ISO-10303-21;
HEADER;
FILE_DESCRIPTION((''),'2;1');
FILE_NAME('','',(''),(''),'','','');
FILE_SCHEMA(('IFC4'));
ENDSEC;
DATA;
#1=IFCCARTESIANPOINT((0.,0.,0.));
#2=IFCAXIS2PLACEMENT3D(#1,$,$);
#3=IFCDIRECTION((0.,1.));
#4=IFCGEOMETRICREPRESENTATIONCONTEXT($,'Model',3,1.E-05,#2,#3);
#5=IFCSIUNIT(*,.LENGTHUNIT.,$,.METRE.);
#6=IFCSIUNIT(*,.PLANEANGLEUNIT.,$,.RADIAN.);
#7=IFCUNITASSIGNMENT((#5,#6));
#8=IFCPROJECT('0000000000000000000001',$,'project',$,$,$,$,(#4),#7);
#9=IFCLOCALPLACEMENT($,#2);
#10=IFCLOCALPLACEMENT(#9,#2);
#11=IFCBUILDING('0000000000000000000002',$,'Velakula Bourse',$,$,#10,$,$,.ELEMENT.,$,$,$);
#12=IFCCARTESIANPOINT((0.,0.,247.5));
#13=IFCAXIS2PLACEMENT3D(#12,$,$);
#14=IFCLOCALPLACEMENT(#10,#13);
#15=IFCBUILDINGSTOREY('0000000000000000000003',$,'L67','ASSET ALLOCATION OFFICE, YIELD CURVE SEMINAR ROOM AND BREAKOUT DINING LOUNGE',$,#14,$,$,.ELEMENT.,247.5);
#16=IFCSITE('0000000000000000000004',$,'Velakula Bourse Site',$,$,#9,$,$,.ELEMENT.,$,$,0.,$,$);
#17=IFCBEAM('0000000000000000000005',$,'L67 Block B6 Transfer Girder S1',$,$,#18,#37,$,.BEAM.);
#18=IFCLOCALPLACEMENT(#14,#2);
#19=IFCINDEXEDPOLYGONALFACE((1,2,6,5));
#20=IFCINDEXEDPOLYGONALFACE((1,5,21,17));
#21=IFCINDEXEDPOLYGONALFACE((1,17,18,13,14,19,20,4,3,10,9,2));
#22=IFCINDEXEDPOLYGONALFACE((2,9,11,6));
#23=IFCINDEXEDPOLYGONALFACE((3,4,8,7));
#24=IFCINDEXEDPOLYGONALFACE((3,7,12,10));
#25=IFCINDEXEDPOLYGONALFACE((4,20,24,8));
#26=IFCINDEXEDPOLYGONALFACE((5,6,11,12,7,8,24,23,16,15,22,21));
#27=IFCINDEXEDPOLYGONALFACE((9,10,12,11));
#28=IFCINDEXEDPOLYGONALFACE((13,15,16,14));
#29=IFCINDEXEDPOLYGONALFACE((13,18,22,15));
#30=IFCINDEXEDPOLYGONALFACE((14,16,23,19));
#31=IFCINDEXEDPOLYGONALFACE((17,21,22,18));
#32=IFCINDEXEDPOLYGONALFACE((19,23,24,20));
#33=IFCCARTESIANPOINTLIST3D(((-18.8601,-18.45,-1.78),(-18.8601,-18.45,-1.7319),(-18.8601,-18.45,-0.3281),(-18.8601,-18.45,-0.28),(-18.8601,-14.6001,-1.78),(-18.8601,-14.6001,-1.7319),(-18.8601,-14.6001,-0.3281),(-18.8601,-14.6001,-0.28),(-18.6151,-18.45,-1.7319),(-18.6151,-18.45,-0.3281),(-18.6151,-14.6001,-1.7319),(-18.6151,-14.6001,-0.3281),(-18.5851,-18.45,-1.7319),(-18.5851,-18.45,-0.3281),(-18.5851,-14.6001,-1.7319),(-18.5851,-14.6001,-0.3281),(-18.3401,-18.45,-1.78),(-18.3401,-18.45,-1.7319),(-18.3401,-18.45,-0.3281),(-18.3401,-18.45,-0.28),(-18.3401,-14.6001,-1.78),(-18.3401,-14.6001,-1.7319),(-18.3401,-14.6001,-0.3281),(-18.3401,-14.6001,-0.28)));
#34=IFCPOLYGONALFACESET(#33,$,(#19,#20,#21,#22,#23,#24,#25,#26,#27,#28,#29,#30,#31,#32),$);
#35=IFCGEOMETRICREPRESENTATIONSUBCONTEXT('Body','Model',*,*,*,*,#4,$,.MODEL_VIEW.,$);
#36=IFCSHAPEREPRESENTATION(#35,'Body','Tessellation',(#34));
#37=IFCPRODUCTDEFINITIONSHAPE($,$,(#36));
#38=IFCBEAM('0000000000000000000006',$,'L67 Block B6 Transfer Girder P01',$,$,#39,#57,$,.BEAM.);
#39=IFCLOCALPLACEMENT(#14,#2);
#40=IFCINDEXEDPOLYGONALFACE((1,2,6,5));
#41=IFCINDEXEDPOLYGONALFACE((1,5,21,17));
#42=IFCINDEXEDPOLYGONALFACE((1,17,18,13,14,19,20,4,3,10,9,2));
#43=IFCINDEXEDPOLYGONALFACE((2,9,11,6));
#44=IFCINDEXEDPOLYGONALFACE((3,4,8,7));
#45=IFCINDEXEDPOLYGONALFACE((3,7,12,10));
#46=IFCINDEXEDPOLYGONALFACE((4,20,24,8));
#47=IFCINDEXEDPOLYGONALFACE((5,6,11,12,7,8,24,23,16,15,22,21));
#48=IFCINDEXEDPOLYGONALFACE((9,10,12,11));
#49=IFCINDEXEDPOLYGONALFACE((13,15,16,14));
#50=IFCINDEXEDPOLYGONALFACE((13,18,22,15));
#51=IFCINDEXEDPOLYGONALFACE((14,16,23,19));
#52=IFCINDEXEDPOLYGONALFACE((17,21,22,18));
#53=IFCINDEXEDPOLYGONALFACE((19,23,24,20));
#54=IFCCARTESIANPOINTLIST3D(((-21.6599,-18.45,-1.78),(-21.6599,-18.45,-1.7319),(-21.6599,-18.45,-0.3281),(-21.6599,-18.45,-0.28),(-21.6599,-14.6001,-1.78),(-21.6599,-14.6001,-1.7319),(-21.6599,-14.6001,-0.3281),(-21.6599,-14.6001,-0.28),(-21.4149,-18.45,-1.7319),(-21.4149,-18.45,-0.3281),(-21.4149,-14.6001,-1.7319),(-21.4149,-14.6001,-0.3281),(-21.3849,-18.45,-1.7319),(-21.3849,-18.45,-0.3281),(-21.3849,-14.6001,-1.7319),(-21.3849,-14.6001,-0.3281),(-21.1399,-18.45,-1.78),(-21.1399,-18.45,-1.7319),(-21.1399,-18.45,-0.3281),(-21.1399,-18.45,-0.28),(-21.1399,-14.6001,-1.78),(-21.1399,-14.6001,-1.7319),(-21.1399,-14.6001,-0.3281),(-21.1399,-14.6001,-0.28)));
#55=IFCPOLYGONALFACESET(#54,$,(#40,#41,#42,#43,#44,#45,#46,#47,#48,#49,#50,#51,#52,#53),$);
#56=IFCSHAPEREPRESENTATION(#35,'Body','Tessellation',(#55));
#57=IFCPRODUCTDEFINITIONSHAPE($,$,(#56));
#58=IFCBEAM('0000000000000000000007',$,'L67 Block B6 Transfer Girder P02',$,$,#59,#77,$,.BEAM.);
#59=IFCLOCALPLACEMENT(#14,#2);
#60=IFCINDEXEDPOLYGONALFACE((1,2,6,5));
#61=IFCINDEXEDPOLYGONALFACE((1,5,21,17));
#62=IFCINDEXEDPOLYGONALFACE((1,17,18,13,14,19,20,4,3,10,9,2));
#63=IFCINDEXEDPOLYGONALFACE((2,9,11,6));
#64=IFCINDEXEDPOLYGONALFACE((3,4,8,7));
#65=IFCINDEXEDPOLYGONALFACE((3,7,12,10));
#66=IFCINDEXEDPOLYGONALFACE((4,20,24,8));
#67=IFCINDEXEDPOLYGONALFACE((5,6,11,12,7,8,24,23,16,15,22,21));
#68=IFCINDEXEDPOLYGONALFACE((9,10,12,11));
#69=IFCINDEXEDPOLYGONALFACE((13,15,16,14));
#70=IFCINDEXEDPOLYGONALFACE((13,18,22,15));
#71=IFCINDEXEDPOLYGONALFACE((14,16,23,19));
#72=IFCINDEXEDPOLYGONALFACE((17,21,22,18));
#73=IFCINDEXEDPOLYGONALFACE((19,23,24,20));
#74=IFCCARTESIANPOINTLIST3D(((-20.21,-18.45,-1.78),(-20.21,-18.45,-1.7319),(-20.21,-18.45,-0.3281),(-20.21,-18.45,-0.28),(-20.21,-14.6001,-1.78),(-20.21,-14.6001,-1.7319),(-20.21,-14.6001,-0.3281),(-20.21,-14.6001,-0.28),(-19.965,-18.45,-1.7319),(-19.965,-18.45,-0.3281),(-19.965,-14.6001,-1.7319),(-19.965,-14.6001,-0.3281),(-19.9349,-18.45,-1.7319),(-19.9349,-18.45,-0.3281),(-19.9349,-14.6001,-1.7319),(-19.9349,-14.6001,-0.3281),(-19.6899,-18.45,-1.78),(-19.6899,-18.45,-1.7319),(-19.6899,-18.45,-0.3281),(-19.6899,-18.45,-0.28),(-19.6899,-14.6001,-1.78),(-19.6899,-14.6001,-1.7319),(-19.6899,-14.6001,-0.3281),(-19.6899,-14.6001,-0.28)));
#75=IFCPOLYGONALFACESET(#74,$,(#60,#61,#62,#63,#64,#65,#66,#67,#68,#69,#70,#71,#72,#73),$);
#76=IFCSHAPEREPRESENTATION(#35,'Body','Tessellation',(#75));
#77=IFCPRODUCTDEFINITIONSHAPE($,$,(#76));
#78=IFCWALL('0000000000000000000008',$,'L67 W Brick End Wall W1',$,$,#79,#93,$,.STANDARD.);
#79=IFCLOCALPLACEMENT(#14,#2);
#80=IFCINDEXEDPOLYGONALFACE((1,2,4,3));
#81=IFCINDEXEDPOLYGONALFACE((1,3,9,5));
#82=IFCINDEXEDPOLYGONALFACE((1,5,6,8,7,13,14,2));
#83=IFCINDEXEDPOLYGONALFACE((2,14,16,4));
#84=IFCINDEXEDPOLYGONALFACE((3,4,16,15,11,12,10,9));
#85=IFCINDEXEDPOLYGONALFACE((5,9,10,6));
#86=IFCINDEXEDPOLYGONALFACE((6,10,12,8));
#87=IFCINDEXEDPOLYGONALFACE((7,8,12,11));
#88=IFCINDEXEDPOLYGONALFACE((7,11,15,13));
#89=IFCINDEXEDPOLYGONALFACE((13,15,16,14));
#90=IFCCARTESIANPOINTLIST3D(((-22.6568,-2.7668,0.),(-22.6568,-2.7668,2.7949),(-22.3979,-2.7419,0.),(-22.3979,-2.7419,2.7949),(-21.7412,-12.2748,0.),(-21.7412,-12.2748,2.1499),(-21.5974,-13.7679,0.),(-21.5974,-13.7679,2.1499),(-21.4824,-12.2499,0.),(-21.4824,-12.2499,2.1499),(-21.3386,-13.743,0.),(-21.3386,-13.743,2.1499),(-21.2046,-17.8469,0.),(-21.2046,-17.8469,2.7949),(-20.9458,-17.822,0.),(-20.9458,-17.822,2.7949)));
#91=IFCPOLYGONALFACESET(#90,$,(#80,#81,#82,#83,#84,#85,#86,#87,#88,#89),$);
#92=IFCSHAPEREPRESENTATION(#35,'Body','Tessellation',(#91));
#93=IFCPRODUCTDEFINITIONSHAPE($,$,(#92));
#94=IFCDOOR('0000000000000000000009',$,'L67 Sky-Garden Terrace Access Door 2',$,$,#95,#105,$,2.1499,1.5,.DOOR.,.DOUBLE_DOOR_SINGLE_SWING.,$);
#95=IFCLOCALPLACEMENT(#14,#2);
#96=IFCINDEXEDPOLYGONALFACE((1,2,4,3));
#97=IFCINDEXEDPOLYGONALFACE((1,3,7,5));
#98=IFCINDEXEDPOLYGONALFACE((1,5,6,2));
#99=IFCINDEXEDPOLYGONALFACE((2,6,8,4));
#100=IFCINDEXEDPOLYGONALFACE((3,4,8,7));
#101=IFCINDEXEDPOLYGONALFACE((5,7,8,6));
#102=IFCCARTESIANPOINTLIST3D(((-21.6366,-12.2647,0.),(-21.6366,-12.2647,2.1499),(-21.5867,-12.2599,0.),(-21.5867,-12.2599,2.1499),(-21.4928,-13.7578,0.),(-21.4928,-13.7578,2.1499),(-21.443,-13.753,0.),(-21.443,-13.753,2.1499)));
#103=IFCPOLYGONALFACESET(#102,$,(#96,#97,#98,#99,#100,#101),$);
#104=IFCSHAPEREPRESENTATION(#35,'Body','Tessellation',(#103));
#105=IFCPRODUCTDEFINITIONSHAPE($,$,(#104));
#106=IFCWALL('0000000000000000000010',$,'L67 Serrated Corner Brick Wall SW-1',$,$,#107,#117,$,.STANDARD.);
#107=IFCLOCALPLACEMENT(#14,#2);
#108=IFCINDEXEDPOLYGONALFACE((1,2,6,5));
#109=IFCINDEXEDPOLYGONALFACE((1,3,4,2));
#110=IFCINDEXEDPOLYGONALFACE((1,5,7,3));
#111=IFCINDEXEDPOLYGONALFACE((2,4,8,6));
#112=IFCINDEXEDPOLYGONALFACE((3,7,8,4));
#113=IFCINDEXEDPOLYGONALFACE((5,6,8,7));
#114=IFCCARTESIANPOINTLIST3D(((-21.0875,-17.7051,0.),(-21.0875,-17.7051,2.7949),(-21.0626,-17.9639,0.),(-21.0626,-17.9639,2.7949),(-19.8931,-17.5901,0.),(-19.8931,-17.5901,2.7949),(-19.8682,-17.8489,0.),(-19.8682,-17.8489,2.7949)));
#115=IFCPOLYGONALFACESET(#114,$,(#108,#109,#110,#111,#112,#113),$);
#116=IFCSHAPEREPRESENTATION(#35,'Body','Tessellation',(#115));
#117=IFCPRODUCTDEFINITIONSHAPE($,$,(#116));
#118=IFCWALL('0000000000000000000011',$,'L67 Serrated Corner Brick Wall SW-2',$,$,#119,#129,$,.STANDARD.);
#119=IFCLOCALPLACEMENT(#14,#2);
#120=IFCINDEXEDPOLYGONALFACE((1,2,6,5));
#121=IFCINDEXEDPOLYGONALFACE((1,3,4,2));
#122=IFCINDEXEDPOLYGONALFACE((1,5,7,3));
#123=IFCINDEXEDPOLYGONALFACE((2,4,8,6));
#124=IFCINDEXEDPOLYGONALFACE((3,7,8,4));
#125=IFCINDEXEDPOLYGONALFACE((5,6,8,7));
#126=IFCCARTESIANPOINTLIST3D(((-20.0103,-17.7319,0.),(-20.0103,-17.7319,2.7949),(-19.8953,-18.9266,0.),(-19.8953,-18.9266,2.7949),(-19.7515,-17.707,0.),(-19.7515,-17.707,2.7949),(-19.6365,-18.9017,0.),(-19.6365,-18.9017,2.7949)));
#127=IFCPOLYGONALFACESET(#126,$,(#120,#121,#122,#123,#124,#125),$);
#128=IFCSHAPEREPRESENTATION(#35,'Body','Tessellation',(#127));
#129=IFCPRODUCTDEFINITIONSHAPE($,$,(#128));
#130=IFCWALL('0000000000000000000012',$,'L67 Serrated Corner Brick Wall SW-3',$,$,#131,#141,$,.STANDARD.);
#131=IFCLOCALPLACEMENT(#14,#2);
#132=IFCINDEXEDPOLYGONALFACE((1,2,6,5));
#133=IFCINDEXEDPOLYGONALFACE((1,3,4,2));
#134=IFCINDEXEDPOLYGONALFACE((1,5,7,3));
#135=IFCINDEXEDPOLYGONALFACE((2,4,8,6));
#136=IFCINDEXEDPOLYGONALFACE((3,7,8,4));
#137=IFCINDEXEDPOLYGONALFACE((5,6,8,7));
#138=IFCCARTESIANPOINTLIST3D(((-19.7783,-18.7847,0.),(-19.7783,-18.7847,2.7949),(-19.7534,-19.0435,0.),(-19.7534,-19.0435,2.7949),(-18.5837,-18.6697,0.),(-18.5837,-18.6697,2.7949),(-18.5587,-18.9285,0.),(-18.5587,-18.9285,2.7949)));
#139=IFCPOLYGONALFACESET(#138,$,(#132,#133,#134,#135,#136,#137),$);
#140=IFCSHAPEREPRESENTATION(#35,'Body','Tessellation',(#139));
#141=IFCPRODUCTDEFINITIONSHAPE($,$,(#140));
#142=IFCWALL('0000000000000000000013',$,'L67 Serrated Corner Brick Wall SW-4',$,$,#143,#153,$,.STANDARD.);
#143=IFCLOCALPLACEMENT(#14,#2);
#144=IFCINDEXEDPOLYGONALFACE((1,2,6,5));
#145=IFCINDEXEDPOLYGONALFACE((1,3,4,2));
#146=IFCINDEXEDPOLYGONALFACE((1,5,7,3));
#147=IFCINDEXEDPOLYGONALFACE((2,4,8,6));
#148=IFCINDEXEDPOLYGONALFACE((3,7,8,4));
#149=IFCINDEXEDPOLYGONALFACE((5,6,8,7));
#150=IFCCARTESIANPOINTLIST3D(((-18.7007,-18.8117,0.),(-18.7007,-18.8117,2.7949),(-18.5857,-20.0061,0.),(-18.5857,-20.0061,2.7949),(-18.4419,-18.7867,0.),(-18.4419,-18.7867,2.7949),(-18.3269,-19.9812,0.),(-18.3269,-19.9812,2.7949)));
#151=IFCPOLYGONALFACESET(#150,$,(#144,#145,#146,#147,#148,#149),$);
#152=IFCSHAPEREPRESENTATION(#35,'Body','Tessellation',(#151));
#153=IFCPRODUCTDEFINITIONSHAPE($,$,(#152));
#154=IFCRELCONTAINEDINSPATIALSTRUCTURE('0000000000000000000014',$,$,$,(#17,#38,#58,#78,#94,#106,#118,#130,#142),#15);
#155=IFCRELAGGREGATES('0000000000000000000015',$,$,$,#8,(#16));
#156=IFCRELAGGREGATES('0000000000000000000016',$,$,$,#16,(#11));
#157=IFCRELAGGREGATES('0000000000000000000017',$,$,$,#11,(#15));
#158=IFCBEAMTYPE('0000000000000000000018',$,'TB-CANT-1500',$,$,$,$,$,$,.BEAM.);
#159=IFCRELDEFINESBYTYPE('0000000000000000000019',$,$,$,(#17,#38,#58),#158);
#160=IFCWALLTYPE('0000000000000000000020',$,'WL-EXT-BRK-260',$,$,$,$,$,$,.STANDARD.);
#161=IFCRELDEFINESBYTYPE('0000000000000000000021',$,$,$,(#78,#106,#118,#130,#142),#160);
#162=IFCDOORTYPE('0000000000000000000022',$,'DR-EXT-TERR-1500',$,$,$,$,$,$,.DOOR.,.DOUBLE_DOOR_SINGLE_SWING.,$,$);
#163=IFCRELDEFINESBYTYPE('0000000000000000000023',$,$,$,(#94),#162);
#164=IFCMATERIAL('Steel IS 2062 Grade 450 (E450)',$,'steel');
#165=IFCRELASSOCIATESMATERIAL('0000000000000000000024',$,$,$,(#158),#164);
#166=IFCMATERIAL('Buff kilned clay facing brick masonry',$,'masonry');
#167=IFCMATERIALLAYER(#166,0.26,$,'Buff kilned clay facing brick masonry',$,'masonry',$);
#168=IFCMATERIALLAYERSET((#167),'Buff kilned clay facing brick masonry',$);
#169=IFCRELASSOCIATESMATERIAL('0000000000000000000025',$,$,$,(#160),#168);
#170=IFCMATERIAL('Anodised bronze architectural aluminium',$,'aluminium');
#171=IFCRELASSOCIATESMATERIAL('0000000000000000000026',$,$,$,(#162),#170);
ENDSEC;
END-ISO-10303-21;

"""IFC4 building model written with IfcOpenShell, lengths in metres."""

from ifc_helpers import new_model, si_unit, direction, frame, frame_2d, origin, origin_2d, place, context, subcontext, project, spatial, rectangle, i_section, extrude, material, layer, layer_set, material_profile, profile_set, type_object, element, fill, save


model = new_model("IFC4")

# Units and contexts
model_context = context("Model", 3, precision=1e-05, world=origin(), true_north=direction((0.0, 1.0)))
body_context = subcontext(model_context, "Body", "Model", "MODEL_VIEW")
ifc_project = project(units=[si_unit("LENGTHUNIT", "METRE"), si_unit("PLANEANGLEUNIT", "RADIAN")], contexts=[model_context])

# Site, building, storey
site_placement = place(None, origin())
site = spatial("IfcSite", under=ifc_project, at=site_placement, Name="Velakula Bourse Site", CompositionType="ELEMENT", RefElevation=0.0)
building_placement = place(site_placement, origin())
building = spatial("IfcBuilding", under=site, at=building_placement, Name="Velakula Bourse", CompositionType="ELEMENT")
storey_placement = place(building_placement, frame((0.0, 0.0, 247.5)))
storey = spatial("IfcBuildingStorey", under=building, at=storey_placement, Name="L67", Description="ASSET ALLOCATION OFFICE, YIELD CURVE SEMINAR ROOM AND BREAKOUT DINING LOUNGE", CompositionType="ELEMENT", Elevation=247.5)

# Beams
ifc_material_1 = material(Name="Steel IS 2062 Grade 450 (E450)", Category="steel")
ifc_material_profile_1 = material_profile(ifc_material_1, i_section(OverallWidth=0.52, OverallDepth=1.5, WebThickness=0.03, FlangeThickness=0.0481, at=origin_2d()), Name="Steel IS 2062 Grade 450 (E450)")
ifc_profile_set_1 = profile_set([ifc_material_profile_1], Name="Steel IS 2062 Grade 450 (E450)")
beam_type_1 = type_object("IfcBeamType", Name="TB-CANT-1500", PredefinedType="BEAM", material=ifc_profile_set_1)
for number, where, z_axis, x_axis, name in (
    (1, (-18.6001, -18.45, -1.03), (0.0, 1.0, 0.0), (-1.0, 0.0, 0.0), "L67 Block B6 Transfer Girder S1"),
    (2, (-21.3999, -18.45, -1.03), (0.0, 1.0, 0.0), (-1.0, 0.0, 0.0), "L67 Block B6 Transfer Girder P01"),
    (3, (-19.95, -18.45, -1.03), (0.0, 1.0, 0.0), (-1.0, 0.0, 0.0), "L67 Block B6 Transfer Girder P02"),
):
    element("IfcBeam", number, at=place(storey_placement, frame(where, z_axis=z_axis, x_axis=x_axis)), inside=storey, type_object=beam_type_1, Name=name, PredefinedType="BEAM", context=body_context, shape_type="SweptSolid", body=[
        extrude(i_section(OverallWidth=0.52, OverallDepth=1.5, WebThickness=0.03, FlangeThickness=0.0481, at=origin_2d()), origin(), (0.0, 0.0, 1.0), 3.8499),
    ])

# Wall, opening, door
ifc_material_2 = material(Name="Buff kilned clay facing brick masonry", Category="masonry")
ifc_layer = layer(ifc_material_2, 0.26, Name="Buff kilned clay facing brick masonry", Category="masonry")
ifc_layer_set = layer_set([ifc_layer], Name="Buff kilned clay facing brick masonry")
wall_type = type_object("IfcWallType", Name="WL-EXT-BRK-260", PredefinedType="STANDARD", material=ifc_layer_set)
wall_1_placement = place(storey_placement, frame((-21.0752, -17.8345, 0.0), z_axis=(0.0, 0.0, 1.0), x_axis=(-0.095852, 0.995396, 0.0)))
wall_1 = element("IfcWall", 4, at=wall_1_placement, inside=storey, type_object=wall_type, Name="L67 W Brick End Wall W1", PredefinedType="STANDARD", context=body_context, shape_type="SweptSolid", body=[
    extrude(rectangle(XDim=15.1499, YDim=0.26, at=frame_2d((7.575, 0.0))), origin(), (0.0, 0.0, 1.0), 2.7949),
])
opening_placement = place(wall_1_placement, frame((4.0979, 0.0, 0.0)))
opening = element("IfcOpeningElement", 5, at=opening_placement, cuts=wall_1, PredefinedType="OPENING", context=body_context, shape_type="SweptSolid", body=[
    extrude(rectangle(XDim=1.5, YDim=2.1499, at=frame_2d((0.75, 1.075))), frame((0.0, 0.1399, 0.0), z_axis=(0.0, -1.0, 0.0), x_axis=(1.0, 0.0, 0.0)), (0.0, 0.0, 1.0), 0.28),
])
ifc_material_3 = material(Name="Anodised bronze architectural aluminium", Category="aluminium")
door_type = type_object("IfcDoorType", Name="DR-EXT-TERR-1500", OperationType="DOUBLE_DOOR_SINGLE_SWING", PredefinedType="DOOR", material=ifc_material_3)
door_placement = place(opening_placement, origin())
door = element("IfcDoor", 6, at=door_placement, inside=storey, type_object=door_type, Name="L67 Sky-Garden Terrace Access Door 2", OperationType="DOUBLE_DOOR_SINGLE_SWING", OverallHeight=2.1499, OverallWidth=1.5, PredefinedType="DOOR", context=body_context, shape_type="SweptSolid", body=[
    extrude(rectangle(XDim=1.5, YDim=2.1499, at=frame_2d((0.75, 1.075))), frame((0.0, 0.0249, 0.0), z_axis=(0.0, -1.0, 0.0), x_axis=(1.0, 0.0, 0.0)), (0.0, 0.0, 1.0), 0.05),
])
fill(opening, door)

# Walls
wall_2_placement = place(storey_placement, frame((-21.0752, -17.8345, 0.0), z_axis=(0.0, 0.0, 1.0), x_axis=(0.995397, 0.095836, 0.0)))
element("IfcWall", 7, at=wall_2_placement, inside=storey, type_object=wall_type, Name="L67 Serrated Corner Brick Wall SW-1", PredefinedType="STANDARD", context=body_context, shape_type="SweptSolid", body=[
    extrude(rectangle(XDim=1.2, YDim=0.26, at=frame_2d((0.6001, 0.0))), origin(), (0.0, 0.0, 1.0), 2.7949),
])
for number, where, z_axis, x_axis, name in (
    (8, (-19.8809, -17.7195, 0.0), (0.0, 0.0, 1.0), (0.095817, -0.995399, 0.0), "L67 Serrated Corner Brick Wall SW-2"),
    (9, (-19.7659, -18.9141, 0.0), (0.0, 0.0, 1.0), (0.995399, 0.095817, 0.0), "L67 Serrated Corner Brick Wall SW-3"),
):
    element("IfcWall", number, at=place(storey_placement, frame(where, z_axis=z_axis, x_axis=x_axis)), inside=storey, type_object=wall_type, Name=name, PredefinedType="STANDARD", context=body_context, shape_type="SweptSolid", body=[
        extrude(rectangle(XDim=1.2002, YDim=0.26, at=frame_2d((0.6001, 0.0))), origin(), (0.0, 0.0, 1.0), 2.7949),
    ])
wall_3_placement = place(storey_placement, frame((-18.5713, -18.7991, 0.0), z_axis=(0.0, 0.0, 1.0), x_axis=(0.095836, -0.995397, 0.0)))
element("IfcWall", 10, at=wall_3_placement, inside=storey, type_object=wall_type, Name="L67 Serrated Corner Brick Wall SW-4", PredefinedType="STANDARD", context=body_context, shape_type="SweptSolid", body=[
    extrude(rectangle(XDim=1.2, YDim=0.26, at=frame_2d((0.6001, 0.0))), origin(), (0.0, 0.0, 1.0), 2.7949),
])

save(model, "model.ifc")
